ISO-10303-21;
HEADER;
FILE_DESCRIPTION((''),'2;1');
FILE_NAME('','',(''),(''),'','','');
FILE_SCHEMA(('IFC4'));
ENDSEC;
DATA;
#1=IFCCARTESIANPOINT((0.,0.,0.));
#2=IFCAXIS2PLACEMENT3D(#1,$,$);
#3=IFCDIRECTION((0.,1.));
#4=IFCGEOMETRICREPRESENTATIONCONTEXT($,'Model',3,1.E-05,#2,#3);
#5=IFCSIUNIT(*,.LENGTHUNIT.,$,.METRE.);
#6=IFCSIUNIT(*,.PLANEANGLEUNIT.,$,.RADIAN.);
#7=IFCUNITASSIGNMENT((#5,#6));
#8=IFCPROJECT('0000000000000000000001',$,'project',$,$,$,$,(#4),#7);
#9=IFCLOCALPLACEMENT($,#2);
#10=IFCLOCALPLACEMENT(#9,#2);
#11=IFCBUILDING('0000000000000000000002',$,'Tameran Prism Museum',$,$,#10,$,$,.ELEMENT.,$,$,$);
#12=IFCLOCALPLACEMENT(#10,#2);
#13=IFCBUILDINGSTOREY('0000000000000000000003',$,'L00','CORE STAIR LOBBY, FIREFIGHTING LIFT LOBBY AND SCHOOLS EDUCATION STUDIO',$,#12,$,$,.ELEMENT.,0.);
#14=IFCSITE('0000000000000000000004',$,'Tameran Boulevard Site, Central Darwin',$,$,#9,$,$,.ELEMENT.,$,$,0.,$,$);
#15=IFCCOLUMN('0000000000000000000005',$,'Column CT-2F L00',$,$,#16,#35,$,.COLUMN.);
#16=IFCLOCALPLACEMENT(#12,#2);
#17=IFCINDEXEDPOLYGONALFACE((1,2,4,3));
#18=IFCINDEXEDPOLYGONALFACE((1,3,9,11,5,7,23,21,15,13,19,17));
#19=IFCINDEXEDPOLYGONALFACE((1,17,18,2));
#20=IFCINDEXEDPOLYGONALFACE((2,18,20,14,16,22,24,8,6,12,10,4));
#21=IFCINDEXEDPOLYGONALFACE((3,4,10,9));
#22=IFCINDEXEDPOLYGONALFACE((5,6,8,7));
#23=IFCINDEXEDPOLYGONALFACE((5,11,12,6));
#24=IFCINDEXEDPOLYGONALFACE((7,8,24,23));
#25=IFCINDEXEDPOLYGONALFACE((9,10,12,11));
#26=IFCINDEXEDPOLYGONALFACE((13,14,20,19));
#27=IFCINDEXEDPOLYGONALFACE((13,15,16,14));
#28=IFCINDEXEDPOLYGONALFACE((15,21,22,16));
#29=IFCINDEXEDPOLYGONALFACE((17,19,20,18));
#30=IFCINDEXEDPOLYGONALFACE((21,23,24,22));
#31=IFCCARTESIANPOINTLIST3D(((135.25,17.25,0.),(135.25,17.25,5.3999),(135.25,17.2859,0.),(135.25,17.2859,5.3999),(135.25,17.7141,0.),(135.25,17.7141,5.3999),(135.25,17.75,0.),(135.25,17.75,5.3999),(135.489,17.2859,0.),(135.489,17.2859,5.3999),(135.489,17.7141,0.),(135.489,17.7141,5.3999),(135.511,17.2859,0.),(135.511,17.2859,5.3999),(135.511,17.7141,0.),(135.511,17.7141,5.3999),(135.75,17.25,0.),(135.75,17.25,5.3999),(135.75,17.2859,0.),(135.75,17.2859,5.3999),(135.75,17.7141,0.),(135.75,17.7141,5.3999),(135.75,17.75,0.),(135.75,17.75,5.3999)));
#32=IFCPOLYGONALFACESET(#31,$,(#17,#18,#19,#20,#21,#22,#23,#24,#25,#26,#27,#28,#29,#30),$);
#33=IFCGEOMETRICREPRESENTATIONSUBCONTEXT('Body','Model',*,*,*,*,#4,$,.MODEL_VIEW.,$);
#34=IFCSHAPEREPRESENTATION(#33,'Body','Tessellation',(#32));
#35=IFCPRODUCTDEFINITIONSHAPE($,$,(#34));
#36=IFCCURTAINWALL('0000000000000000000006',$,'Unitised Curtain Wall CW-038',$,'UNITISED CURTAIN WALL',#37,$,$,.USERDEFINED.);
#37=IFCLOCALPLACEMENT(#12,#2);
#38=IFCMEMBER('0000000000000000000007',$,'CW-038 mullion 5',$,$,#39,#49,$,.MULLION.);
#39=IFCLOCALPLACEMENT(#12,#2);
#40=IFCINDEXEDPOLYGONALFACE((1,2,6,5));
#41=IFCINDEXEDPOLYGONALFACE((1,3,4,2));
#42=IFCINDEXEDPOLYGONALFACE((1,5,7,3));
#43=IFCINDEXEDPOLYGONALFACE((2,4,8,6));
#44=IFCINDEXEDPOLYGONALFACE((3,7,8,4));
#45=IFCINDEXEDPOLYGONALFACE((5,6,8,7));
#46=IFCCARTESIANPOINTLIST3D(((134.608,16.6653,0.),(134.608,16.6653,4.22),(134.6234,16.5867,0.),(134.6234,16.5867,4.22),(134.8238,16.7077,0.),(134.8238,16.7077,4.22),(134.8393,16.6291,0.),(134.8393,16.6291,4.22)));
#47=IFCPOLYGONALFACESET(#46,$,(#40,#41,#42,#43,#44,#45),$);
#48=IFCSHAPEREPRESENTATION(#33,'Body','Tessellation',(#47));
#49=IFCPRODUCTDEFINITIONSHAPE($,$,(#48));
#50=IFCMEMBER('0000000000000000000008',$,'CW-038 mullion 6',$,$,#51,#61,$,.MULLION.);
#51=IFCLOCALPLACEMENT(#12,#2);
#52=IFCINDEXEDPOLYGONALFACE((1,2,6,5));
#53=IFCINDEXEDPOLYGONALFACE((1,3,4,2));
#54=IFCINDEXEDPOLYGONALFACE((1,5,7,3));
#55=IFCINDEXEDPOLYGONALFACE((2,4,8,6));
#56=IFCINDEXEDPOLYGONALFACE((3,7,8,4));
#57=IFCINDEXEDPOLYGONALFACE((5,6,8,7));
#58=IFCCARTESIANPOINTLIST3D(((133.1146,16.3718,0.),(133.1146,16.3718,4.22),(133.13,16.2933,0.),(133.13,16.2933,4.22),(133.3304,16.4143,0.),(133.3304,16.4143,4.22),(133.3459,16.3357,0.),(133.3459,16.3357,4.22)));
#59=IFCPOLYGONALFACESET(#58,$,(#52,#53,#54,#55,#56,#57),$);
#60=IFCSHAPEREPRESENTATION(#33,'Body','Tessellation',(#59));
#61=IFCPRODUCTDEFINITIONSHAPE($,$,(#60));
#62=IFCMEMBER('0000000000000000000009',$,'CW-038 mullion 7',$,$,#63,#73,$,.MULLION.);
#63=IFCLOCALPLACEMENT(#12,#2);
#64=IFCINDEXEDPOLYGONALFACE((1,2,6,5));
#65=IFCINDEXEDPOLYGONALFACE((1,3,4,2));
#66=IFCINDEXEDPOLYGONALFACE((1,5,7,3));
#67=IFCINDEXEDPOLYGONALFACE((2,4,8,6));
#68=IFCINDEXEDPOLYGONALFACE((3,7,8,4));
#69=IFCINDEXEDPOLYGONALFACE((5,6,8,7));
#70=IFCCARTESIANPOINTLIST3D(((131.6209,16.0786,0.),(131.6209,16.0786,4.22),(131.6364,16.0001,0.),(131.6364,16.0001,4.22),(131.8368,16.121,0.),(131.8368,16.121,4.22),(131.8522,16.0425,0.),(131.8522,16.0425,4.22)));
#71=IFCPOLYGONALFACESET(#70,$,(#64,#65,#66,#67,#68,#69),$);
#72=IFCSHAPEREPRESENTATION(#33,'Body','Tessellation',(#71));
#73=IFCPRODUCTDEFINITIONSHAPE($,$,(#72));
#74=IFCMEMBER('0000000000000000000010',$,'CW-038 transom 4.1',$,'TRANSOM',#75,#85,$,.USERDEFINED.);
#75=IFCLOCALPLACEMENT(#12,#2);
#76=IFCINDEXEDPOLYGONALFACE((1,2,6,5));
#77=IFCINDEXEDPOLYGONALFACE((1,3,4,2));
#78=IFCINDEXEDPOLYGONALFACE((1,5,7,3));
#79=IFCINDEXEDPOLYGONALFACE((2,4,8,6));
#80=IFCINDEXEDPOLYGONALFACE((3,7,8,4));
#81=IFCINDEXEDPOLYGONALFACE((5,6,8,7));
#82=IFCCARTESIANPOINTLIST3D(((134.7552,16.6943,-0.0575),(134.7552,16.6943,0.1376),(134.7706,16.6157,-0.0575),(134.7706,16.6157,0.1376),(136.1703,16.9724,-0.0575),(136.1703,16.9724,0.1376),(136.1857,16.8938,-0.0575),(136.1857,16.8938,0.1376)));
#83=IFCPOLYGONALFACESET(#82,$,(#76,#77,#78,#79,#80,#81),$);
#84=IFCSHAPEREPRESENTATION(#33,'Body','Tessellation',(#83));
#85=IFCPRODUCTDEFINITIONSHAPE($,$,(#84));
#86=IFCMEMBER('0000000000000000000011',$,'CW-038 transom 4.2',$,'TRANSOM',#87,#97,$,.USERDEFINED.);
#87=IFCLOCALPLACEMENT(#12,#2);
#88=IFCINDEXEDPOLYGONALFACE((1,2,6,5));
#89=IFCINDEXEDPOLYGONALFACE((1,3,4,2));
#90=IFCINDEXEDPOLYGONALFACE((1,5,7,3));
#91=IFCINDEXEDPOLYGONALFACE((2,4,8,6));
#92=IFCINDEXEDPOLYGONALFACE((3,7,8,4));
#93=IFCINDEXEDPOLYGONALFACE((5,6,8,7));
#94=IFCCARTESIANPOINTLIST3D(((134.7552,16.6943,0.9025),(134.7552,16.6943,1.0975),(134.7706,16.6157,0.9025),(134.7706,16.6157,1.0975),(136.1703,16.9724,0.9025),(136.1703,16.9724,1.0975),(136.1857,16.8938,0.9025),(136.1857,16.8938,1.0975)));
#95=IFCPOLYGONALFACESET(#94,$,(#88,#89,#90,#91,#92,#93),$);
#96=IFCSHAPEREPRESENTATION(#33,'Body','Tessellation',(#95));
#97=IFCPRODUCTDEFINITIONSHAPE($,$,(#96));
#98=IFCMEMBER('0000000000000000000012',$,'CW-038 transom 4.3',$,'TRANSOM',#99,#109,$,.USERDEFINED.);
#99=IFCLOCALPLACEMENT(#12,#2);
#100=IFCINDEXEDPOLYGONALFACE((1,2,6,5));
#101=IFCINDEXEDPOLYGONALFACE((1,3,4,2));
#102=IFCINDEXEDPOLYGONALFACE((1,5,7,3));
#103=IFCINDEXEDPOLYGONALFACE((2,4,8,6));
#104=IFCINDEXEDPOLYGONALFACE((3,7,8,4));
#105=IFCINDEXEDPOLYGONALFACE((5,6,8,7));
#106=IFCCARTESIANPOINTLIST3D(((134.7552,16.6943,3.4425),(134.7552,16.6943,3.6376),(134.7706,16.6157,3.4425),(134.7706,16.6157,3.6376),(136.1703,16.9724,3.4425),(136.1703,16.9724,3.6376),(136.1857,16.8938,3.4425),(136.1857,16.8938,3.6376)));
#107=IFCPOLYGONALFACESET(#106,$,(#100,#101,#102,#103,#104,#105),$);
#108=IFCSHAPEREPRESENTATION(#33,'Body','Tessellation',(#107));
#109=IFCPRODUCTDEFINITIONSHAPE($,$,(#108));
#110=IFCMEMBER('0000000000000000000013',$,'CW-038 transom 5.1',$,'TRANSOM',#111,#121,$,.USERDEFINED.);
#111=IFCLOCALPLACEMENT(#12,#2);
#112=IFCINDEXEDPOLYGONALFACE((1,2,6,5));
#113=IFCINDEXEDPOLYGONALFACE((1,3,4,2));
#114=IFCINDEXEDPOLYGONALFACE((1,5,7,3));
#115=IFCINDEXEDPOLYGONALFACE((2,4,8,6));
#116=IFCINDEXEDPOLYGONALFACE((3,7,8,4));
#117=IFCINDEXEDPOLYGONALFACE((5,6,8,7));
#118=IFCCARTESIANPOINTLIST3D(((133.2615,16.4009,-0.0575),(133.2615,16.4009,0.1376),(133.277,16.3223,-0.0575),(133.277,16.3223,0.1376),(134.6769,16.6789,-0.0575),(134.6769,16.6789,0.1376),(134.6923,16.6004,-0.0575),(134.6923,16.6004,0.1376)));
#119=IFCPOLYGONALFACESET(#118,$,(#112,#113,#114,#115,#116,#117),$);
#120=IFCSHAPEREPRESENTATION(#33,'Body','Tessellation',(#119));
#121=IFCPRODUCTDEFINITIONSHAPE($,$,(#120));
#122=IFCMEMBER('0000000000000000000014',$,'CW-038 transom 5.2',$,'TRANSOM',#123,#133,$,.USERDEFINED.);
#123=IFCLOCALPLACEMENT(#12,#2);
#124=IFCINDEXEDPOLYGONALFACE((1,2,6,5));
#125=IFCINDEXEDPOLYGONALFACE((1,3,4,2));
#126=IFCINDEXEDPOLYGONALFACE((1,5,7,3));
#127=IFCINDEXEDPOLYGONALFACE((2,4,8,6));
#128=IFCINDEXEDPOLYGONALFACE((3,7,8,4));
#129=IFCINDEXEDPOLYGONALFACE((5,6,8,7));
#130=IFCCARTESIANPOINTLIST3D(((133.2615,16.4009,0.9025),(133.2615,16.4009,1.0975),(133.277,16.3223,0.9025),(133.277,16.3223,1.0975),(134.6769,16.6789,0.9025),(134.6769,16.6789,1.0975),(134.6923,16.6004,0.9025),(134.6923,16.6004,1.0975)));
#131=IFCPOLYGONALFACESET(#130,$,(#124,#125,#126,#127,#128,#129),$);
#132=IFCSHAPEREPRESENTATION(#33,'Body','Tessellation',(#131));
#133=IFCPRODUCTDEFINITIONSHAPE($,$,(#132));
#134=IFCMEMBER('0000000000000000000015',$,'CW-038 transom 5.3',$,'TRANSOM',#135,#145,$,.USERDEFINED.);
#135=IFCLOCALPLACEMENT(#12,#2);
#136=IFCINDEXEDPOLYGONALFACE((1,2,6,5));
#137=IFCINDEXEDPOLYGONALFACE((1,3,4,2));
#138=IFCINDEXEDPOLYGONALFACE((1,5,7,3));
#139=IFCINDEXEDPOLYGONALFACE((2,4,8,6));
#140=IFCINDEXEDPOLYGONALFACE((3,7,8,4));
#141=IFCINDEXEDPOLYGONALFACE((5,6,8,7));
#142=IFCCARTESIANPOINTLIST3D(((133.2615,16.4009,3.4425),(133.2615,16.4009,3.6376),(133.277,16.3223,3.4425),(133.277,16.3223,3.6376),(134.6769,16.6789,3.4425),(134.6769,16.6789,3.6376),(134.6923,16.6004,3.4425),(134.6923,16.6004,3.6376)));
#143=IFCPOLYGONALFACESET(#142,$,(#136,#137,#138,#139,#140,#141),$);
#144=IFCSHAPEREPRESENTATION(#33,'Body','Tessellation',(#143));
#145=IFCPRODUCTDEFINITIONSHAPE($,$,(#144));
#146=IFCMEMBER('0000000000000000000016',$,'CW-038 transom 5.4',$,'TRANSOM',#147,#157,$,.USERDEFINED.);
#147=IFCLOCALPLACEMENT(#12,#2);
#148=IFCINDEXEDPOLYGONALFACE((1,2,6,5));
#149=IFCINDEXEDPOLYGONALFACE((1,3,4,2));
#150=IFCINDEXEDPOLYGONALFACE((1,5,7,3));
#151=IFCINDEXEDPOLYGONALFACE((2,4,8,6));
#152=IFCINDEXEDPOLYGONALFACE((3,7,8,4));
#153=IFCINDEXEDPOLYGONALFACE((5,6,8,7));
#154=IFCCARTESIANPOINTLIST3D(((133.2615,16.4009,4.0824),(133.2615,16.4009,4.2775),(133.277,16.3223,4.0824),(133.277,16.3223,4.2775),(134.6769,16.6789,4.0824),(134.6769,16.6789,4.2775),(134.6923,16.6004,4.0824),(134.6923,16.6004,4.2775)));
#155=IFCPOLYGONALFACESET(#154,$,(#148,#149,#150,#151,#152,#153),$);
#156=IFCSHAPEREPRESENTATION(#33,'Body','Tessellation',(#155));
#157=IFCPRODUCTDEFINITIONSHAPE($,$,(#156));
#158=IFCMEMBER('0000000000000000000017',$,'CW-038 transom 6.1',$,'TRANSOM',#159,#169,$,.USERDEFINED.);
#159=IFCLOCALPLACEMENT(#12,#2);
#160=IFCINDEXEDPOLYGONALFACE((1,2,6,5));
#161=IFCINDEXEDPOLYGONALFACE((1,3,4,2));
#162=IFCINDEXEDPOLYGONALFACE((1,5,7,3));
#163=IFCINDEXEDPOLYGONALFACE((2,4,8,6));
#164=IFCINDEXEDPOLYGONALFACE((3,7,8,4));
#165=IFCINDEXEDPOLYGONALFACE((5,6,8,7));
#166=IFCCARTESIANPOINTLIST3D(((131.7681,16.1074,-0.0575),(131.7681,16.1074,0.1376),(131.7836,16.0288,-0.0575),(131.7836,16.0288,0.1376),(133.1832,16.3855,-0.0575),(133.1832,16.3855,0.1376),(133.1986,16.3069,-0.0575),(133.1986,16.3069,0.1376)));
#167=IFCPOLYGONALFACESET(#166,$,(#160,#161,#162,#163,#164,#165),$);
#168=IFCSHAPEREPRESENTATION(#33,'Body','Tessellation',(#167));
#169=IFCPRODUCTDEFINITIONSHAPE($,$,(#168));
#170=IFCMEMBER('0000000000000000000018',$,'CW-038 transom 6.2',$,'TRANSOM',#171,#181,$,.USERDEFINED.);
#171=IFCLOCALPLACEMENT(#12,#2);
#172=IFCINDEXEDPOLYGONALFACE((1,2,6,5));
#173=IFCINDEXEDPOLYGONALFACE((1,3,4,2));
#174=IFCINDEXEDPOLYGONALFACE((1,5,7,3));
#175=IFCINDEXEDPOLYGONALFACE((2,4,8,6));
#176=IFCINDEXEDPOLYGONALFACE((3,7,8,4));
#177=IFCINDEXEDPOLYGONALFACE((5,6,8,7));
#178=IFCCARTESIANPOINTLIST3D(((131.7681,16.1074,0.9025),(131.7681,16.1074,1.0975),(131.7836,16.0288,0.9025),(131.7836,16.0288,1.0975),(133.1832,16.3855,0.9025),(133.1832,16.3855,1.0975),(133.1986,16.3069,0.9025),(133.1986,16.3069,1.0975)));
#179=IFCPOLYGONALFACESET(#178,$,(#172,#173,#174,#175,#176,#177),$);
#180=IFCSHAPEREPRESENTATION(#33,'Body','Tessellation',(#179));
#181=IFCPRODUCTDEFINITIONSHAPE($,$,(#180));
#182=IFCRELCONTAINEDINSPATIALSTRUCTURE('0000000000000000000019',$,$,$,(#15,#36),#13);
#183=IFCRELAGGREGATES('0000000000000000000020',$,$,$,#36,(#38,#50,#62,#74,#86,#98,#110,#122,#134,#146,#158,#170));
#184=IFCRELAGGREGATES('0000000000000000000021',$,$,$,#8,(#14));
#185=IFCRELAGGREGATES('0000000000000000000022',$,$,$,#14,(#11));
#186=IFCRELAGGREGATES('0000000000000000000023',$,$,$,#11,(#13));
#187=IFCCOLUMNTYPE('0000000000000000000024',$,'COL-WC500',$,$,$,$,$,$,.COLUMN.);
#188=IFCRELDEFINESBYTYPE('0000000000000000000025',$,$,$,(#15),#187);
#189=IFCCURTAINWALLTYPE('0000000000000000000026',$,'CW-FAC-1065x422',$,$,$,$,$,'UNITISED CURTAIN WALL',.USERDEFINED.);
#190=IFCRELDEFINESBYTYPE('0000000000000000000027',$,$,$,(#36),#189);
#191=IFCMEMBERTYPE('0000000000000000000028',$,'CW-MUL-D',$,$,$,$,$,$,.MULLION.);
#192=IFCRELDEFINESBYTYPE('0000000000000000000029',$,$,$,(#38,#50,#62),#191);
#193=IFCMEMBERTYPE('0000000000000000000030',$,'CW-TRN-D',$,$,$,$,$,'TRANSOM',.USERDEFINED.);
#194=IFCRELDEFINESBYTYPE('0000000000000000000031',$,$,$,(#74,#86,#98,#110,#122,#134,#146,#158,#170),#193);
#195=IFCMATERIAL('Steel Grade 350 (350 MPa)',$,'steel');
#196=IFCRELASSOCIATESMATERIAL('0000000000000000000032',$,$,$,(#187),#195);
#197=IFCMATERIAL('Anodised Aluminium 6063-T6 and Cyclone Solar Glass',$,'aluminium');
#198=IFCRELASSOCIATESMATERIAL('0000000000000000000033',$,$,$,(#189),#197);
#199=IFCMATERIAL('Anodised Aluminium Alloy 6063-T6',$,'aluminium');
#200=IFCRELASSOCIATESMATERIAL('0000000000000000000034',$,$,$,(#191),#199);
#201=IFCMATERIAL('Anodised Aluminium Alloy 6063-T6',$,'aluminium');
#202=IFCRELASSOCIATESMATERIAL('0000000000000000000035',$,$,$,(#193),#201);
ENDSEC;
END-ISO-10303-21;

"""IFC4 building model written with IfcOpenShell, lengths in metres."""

from ifc_helpers import new_model, si_unit, direction, frame, origin, origin_2d, place, context, subcontext, project, spatial, rectangle, i_section, extrude, material, material_profile, profile_set, type_object, element, aggregate, save


model = new_model("IFC4")

# Units and contexts
model_context = context("Model", 3, precision=1e-05, world=origin(), true_north=direction((0.0, 1.0)))
body_context = subcontext(model_context, "Body", "Model", "MODEL_VIEW")
ifc_project = project(units=[si_unit("LENGTHUNIT", "METRE"), si_unit("PLANEANGLEUNIT", "RADIAN")], contexts=[model_context])

# Site, building, storey
site_placement = place(None, origin())
site = spatial("IfcSite", under=ifc_project, at=site_placement, Name="Tameran Boulevard Site, Central Darwin", CompositionType="ELEMENT", RefElevation=0.0)
building_placement = place(site_placement, origin())
building = spatial("IfcBuilding", under=site, at=building_placement, Name="Tameran Prism Museum", CompositionType="ELEMENT")
storey_placement = place(building_placement, origin())
storey = spatial("IfcBuildingStorey", under=building, at=storey_placement, Name="L00", Description="CORE STAIR LOBBY, FIREFIGHTING LIFT LOBBY AND SCHOOLS EDUCATION STUDIO", CompositionType="ELEMENT", Elevation=0.0)

# Column
ifc_material_1 = material(Name="Steel Grade 350 (350 MPa)", Category="steel")
ifc_material_profile_1 = material_profile(ifc_material_1, i_section(OverallWidth=0.5, OverallDepth=0.5, WebThickness=0.022, FlangeThickness=0.0359, at=origin_2d()))
ifc_profile_set_1 = profile_set([ifc_material_profile_1])
column_type = type_object("IfcColumnType", Name="COL-WC500", PredefinedType="COLUMN", material=ifc_profile_set_1)
column_placement = place(storey_placement, frame((135.5, 17.5, 0.0), z_axis=(0.0, 0.0, 1.0), x_axis=(1.0, 0.0, 0.0)))
element("IfcColumn", 1, at=column_placement, inside=storey, type_object=column_type, Name="Column CT-2F L00", PredefinedType="COLUMN", context=body_context, shape_type="SweptSolid", body=[
    extrude(i_section(OverallWidth=0.5, OverallDepth=0.5, WebThickness=0.022, FlangeThickness=0.0359, at=origin_2d()), origin(), (0.0, 0.0, 1.0), 5.3999),
])

# Curtain wall, members
ifc_material_2 = material(Name="Anodised Aluminium 6063-T6 and Cyclone Solar Glass", Category="aluminium")
curtain_wall_type = type_object("IfcCurtainWallType", Name="CW-FAC-1065x422", ElementType="UNITISED CURTAIN WALL", PredefinedType="USERDEFINED", material=ifc_material_2)
curtain_wall_placement = place(storey_placement, origin())
curtain_wall = element("IfcCurtainWall", 2, at=curtain_wall_placement, inside=storey, type_object=curtain_wall_type, Name="Unitised Curtain Wall CW-038", ObjectType="UNITISED CURTAIN WALL", PredefinedType="USERDEFINED")
ifc_material_3 = material(Name="Anodised Aluminium Alloy 6063-T6", Category="aluminium")
ifc_material_profile_2 = material_profile(ifc_material_3, rectangle(XDim=0.0801, YDim=0.22, at=origin_2d()))
ifc_profile_set_2 = profile_set([ifc_material_profile_2])
member_type_1 = type_object("IfcMemberType", Name="CW-MUL-D", PredefinedType="MULLION", material=ifc_profile_set_2)
member_1_placement = place(storey_placement, frame((134.7236, 16.6472, 0.0), z_axis=(0.0, 0.0, 1.0), x_axis=(0.192776, -0.981243, 0.0)))
member_1 = element("IfcMember", 3, at=member_1_placement, type_object=member_type_1, Name="CW-038 mullion 5", PredefinedType="MULLION", context=body_context, shape_type="SweptSolid", body=[
    extrude(rectangle(XDim=0.0801, YDim=0.22, at=origin_2d()), origin(), (0.0, 0.0, 1.0), 4.22),
])
member_2_placement = place(storey_placement, frame((133.2302, 16.3538, 0.0), z_axis=(0.0, 0.0, 1.0), x_axis=(0.192776, -0.981243, 0.0)))
member_2 = element("IfcMember", 4, at=member_2_placement, type_object=member_type_1, Name="CW-038 mullion 6", PredefinedType="MULLION", context=body_context, shape_type="SweptSolid", body=[
    extrude(rectangle(XDim=0.0801, YDim=0.22, at=origin_2d()), origin(), (0.0, 0.0, 1.0), 4.22),
])
member_3_placement = place(storey_placement, frame((131.7366, 16.0605, 0.0), z_axis=(0.0, 0.0, 1.0), x_axis=(0.192776, -0.981243, 0.0)))
member_3 = element("IfcMember", 5, at=member_3_placement, type_object=member_type_1, Name="CW-038 mullion 7", PredefinedType="MULLION", context=body_context, shape_type="SweptSolid", body=[
    extrude(rectangle(XDim=0.0801, YDim=0.22, at=origin_2d()), origin(), (0.0, 0.0, 1.0), 4.22),
])
ifc_material_4 = material(Name="Anodised Aluminium Alloy 6063-T6", Category="aluminium")
ifc_material_profile_3 = material_profile(ifc_material_4, rectangle(XDim=0.0801, YDim=0.1951, at=origin_2d()))
ifc_profile_set_3 = profile_set([ifc_material_profile_3])
member_type_2 = type_object("IfcMemberType", Name="CW-TRN-D", ElementType="TRANSOM", PredefinedType="USERDEFINED", material=ifc_profile_set_3)
member_4_placement = place(storey_placement, frame((136.178, 16.9331, 0.04), z_axis=(-0.981233, -0.192827, 0.0), x_axis=(0.192827, -0.981233, 0.0)))
member_4 = element("IfcMember", 6, at=member_4_placement, type_object=member_type_2, Name="CW-038 transom 4.1", ObjectType="TRANSOM", PredefinedType="USERDEFINED", context=body_context, shape_type="SweptSolid", body=[
    extrude(rectangle(XDim=0.0801, YDim=0.1951, at=origin_2d()), origin(), (0.0, 0.0, 1.0), 1.4421),
])
member_5_placement = place(storey_placement, frame((136.178, 16.9331, 1.0), z_axis=(-0.981233, -0.192827, 0.0), x_axis=(0.192827, -0.981233, 0.0)))
member_5 = element("IfcMember", 7, at=member_5_placement, type_object=member_type_2, Name="CW-038 transom 4.2", ObjectType="TRANSOM", PredefinedType="USERDEFINED", context=body_context, shape_type="SweptSolid", body=[
    extrude(rectangle(XDim=0.0801, YDim=0.1951, at=origin_2d()), origin(), (0.0, 0.0, 1.0), 1.4421),
])
member_6_placement = place(storey_placement, frame((136.178, 16.9331, 3.54), z_axis=(-0.981233, -0.192827, 0.0), x_axis=(0.192827, -0.981233, 0.0)))
member_6 = element("IfcMember", 8, at=member_6_placement, type_object=member_type_2, Name="CW-038 transom 4.3", ObjectType="TRANSOM", PredefinedType="USERDEFINED", context=body_context, shape_type="SweptSolid", body=[
    extrude(rectangle(XDim=0.0801, YDim=0.1951, at=origin_2d()), origin(), (0.0, 0.0, 1.0), 1.4421),
])
member_7_placement = place(storey_placement, frame((134.6846, 16.6396, 0.04), z_axis=(-0.981239, -0.192795, 0.0), x_axis=(0.192795, -0.981239, 0.0)))
member_7 = element("IfcMember", 9, at=member_7_placement, type_object=member_type_2, Name="CW-038 transom 5.1", ObjectType="TRANSOM", PredefinedType="USERDEFINED", context=body_context, shape_type="SweptSolid", body=[
    extrude(rectangle(XDim=0.0801, YDim=0.1951, at=origin_2d()), origin(), (0.0, 0.0, 1.0), 1.4424),
])
member_8_placement = place(storey_placement, frame((134.6846, 16.6396, 1.0), z_axis=(-0.981239, -0.192795, 0.0), x_axis=(0.192795, -0.981239, 0.0)))
member_8 = element("IfcMember", 10, at=member_8_placement, type_object=member_type_2, Name="CW-038 transom 5.2", ObjectType="TRANSOM", PredefinedType="USERDEFINED", context=body_context, shape_type="SweptSolid", body=[
    extrude(rectangle(XDim=0.0801, YDim=0.1951, at=origin_2d()), origin(), (0.0, 0.0, 1.0), 1.4424),
])
member_9_placement = place(storey_placement, frame((134.6846, 16.6396, 3.54), z_axis=(-0.981239, -0.192795, 0.0), x_axis=(0.192795, -0.981239, 0.0)))
member_9 = element("IfcMember", 11, at=member_9_placement, type_object=member_type_2, Name="CW-038 transom 5.3", ObjectType="TRANSOM", PredefinedType="USERDEFINED", context=body_context, shape_type="SweptSolid", body=[
    extrude(rectangle(XDim=0.0801, YDim=0.1951, at=origin_2d()), origin(), (0.0, 0.0, 1.0), 1.4424),
])
member_10_placement = place(storey_placement, frame((134.6846, 16.6396, 4.1799), z_axis=(-0.981239, -0.192795, 0.0), x_axis=(0.192795, -0.981239, 0.0)))
member_10 = element("IfcMember", 12, at=member_10_placement, type_object=member_type_2, Name="CW-038 transom 5.4", ObjectType="TRANSOM", PredefinedType="USERDEFINED", context=body_context, shape_type="SweptSolid", body=[
    extrude(rectangle(XDim=0.0801, YDim=0.1951, at=origin_2d()), origin(), (0.0, 0.0, 1.0), 1.4424),
])
member_11_placement = place(storey_placement, frame((133.1909, 16.3462, 0.04), z_axis=(-0.981233, -0.192827, 0.0), x_axis=(0.192827, -0.981233, 0.0)))
member_11 = element("IfcMember", 13, at=member_11_placement, type_object=member_type_2, Name="CW-038 transom 6.1", ObjectType="TRANSOM", PredefinedType="USERDEFINED", context=body_context, shape_type="SweptSolid", body=[
    extrude(rectangle(XDim=0.0801, YDim=0.1951, at=origin_2d()), origin(), (0.0, 0.0, 1.0), 1.4421),
])
member_12_placement = place(storey_placement, frame((133.1909, 16.3462, 1.0), z_axis=(-0.981233, -0.192827, 0.0), x_axis=(0.192827, -0.981233, 0.0)))
member_12 = element("IfcMember", 14, at=member_12_placement, type_object=member_type_2, Name="CW-038 transom 6.2", ObjectType="TRANSOM", PredefinedType="USERDEFINED", context=body_context, shape_type="SweptSolid", body=[
    extrude(rectangle(XDim=0.0801, YDim=0.1951, at=origin_2d()), origin(), (0.0, 0.0, 1.0), 1.4421),
])
aggregate(curtain_wall, [member_1, member_2, member_3, member_4, member_5, member_6, member_7, member_8, member_9, member_10, member_11, member_12])

save(model, "model.ifc")
